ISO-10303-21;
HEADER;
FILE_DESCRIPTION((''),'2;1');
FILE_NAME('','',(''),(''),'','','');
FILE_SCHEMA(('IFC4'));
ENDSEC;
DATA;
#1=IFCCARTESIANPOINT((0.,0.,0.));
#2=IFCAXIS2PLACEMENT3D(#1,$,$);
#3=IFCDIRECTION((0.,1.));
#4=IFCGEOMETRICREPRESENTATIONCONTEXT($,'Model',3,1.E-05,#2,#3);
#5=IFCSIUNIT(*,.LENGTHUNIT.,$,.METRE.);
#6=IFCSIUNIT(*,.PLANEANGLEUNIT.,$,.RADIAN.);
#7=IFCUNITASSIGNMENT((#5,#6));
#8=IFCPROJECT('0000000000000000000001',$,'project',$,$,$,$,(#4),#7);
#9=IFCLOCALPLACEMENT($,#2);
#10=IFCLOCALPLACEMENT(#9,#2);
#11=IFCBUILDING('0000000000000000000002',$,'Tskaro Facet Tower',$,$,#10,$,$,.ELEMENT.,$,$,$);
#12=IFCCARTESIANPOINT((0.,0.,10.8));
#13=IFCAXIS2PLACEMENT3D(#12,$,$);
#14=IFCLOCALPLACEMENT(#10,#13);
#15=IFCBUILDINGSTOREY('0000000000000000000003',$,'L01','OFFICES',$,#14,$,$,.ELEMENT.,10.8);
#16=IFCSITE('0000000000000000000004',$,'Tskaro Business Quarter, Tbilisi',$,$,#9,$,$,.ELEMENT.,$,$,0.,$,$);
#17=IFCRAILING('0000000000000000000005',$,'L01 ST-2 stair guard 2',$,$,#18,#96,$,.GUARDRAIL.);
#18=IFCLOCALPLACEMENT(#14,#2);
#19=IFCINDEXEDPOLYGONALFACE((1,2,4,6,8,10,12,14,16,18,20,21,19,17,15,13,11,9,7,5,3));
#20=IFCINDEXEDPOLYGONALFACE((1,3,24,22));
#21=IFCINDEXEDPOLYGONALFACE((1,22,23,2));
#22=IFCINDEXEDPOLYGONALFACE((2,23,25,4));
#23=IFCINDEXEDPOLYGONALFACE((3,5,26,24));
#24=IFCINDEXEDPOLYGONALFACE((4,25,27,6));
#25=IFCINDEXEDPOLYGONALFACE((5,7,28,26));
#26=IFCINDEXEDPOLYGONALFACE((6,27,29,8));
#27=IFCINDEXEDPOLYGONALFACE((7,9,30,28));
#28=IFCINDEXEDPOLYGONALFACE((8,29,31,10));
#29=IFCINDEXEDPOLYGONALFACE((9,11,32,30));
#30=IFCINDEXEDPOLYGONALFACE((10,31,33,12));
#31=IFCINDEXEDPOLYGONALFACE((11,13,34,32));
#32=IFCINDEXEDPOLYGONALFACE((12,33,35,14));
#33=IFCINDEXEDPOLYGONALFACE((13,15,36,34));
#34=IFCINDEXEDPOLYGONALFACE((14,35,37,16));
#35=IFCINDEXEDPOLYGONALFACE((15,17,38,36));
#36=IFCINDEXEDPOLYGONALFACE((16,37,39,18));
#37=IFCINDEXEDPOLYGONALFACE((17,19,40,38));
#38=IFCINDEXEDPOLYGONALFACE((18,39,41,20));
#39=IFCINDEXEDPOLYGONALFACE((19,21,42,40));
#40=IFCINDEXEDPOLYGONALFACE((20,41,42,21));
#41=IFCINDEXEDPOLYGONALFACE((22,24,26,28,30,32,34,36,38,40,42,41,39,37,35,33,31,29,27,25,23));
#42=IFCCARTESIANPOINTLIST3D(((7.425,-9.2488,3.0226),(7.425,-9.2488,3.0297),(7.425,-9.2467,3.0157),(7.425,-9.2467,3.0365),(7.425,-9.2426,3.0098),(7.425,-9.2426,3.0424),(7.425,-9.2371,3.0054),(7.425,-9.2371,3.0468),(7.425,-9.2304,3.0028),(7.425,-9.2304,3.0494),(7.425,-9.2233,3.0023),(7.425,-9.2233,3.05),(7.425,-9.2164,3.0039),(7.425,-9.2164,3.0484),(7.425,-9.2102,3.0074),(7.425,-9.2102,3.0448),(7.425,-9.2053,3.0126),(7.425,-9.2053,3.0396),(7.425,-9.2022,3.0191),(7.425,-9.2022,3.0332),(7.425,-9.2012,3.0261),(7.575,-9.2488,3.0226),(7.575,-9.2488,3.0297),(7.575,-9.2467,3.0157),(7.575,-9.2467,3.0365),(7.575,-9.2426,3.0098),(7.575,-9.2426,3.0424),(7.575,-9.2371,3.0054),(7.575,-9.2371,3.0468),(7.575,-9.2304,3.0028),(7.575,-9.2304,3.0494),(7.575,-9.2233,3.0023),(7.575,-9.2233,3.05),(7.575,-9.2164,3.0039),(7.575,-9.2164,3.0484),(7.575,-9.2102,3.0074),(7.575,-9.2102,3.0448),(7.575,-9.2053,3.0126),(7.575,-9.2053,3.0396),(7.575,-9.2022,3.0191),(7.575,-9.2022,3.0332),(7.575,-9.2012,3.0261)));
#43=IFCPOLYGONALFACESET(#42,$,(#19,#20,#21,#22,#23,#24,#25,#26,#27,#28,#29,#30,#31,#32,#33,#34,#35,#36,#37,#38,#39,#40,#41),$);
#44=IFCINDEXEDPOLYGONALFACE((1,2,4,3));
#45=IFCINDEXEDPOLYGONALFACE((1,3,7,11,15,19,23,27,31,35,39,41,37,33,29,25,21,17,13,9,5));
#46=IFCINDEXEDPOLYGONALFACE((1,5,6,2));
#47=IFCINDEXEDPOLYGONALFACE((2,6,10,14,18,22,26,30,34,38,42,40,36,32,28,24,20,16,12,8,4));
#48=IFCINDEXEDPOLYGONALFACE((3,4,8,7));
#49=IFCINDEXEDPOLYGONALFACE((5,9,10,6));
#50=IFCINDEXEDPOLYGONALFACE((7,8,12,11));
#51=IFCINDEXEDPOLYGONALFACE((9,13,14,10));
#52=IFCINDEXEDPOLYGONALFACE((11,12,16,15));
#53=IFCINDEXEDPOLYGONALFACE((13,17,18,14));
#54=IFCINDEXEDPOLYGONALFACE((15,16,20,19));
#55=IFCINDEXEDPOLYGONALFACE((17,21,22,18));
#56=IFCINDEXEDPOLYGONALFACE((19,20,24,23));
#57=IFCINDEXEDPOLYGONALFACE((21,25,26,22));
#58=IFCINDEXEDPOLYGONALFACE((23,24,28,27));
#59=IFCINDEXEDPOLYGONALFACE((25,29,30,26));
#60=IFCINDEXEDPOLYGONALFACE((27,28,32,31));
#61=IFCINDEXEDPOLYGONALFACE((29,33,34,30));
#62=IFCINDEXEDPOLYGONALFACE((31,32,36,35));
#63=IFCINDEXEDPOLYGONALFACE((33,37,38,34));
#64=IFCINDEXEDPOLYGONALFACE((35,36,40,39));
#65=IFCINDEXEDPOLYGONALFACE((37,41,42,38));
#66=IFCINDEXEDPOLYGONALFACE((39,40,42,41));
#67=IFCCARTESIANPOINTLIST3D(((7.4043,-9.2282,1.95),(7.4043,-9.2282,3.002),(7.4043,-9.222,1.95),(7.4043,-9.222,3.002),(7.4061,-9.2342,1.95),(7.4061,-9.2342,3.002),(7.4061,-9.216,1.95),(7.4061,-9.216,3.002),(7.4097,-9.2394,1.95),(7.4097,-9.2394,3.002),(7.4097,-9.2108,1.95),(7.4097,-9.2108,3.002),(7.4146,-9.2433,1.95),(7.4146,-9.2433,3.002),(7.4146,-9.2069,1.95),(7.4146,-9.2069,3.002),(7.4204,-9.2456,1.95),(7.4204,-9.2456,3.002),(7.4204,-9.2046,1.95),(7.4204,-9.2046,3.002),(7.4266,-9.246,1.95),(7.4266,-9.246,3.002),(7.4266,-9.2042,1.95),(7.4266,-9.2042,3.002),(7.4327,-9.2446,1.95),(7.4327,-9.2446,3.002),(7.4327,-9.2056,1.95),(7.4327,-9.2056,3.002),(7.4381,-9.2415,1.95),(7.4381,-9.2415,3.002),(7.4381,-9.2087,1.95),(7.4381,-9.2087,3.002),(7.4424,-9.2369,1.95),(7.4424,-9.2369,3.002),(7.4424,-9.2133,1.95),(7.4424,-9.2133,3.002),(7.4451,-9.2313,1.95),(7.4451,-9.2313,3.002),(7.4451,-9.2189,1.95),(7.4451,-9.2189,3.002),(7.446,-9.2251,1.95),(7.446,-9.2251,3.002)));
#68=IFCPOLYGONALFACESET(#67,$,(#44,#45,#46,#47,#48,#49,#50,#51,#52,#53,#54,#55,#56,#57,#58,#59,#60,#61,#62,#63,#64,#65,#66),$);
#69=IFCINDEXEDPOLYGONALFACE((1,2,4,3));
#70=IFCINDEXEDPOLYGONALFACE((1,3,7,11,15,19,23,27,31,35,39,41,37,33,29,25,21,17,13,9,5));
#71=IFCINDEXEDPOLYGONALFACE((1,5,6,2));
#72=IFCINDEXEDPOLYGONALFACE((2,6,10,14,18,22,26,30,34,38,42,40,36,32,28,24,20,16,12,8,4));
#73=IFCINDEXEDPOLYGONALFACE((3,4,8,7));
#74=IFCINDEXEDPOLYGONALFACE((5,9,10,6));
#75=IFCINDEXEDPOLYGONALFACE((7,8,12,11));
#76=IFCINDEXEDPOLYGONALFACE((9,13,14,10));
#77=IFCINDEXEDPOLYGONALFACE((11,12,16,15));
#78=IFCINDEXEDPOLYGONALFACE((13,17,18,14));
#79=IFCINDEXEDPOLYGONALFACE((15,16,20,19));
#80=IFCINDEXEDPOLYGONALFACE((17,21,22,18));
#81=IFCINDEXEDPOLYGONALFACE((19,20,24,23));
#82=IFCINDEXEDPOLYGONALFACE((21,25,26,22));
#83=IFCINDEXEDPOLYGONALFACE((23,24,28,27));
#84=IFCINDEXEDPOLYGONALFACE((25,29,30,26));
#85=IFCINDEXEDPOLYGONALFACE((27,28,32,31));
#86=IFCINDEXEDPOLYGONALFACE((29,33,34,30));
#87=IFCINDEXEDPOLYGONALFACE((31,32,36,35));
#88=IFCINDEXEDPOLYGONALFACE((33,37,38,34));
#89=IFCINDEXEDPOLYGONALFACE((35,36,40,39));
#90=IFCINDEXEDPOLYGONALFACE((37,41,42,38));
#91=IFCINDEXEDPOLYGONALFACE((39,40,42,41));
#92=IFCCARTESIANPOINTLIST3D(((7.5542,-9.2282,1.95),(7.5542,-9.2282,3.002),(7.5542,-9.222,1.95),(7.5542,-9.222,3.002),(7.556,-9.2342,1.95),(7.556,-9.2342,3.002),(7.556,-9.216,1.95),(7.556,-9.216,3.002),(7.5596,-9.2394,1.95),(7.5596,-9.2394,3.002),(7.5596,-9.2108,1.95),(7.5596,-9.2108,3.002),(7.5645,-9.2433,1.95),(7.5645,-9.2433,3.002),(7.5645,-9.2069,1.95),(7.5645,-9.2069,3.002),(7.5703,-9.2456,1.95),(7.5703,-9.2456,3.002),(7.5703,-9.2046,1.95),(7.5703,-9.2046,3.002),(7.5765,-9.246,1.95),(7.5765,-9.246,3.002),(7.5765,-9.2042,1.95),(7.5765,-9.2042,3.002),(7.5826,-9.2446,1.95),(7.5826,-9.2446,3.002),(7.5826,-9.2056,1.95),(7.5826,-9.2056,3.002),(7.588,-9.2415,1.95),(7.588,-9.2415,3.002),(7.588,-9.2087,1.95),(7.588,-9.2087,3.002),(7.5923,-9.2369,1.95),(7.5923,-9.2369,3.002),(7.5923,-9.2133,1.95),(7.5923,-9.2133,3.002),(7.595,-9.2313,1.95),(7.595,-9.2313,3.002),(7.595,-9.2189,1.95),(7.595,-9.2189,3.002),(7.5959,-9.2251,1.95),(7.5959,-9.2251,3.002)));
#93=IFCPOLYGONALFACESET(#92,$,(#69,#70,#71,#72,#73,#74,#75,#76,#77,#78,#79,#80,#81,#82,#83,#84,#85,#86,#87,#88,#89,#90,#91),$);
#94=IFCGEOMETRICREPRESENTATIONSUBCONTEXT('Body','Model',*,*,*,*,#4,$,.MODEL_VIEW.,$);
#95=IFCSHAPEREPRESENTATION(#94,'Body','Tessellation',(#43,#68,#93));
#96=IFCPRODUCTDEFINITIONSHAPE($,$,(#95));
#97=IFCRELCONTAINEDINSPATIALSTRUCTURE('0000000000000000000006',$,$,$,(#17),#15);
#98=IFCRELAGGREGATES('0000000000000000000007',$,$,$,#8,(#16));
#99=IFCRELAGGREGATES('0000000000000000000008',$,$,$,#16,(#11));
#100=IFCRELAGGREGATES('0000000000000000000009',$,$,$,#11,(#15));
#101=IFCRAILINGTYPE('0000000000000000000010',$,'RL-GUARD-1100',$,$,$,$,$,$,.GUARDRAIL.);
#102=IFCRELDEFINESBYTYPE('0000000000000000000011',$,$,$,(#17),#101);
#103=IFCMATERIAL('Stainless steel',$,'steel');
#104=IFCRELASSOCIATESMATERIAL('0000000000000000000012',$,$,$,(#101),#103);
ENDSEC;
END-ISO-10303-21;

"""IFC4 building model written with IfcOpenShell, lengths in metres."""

from ifc_helpers import new_model, si_unit, direction, frame, origin, origin_2d, place, context, subcontext, project, spatial, circle, extrude, material, type_object, element, save


model = new_model("IFC4")

# Units and contexts
model_context = context("Model", 3, precision=1e-05, world=origin(), true_north=direction((0.0, 1.0)))
body_context = subcontext(model_context, "Body", "Model", "MODEL_VIEW")
ifc_project = project(units=[si_unit("LENGTHUNIT", "METRE"), si_unit("PLANEANGLEUNIT", "RADIAN")], contexts=[model_context])

# Site, building, storey
site_placement = place(None, origin())
site = spatial("IfcSite", under=ifc_project, at=site_placement, Name="Tskaro Business Quarter, Tbilisi", CompositionType="ELEMENT", RefElevation=0.0)
building_placement = place(site_placement, origin())
building = spatial("IfcBuilding", under=site, at=building_placement, Name="Tskaro Facet Tower", CompositionType="ELEMENT")
storey_placement = place(building_placement, frame((0.0, 0.0, 10.8)))
storey = spatial("IfcBuildingStorey", under=building, at=storey_placement, Name="L01", Description="OFFICES", CompositionType="ELEMENT", Elevation=10.8)

# Railing
ifc_material_1 = material(Name="Stainless steel", Category="steel")
railing_type_1 = type_object("IfcRailingType", Name="RL-GUARD-1100", PredefinedType="GUARDRAIL", material=ifc_material_1)
railing_1_placement = place(storey_placement, frame((7.425, -9.2251, 1.95)))
element("IfcRailing", 1, at=railing_1_placement, inside=storey, type_object=railing_type_1, Name="L01 ST-2 stair guard 2", PredefinedType="GUARDRAIL", context=body_context, shape_type="SweptSolid", body=[
    extrude(circle(Radius=0.0239, at=origin_2d()), frame((0.0, 0.0, 1.0762), z_axis=(1.0, 0.0, 0.0), x_axis=(0.0, 1.0, 0.0)), (0.0, 0.0, 1.0), 0.1499),
    extrude(circle(Radius=0.021, at=origin_2d()), origin(), (0.0, 0.0, 1.0), 1.052),
    extrude(circle(Radius=0.021, at=origin_2d()), frame((0.1499, 0.0, 0.0)), (0.0, 0.0, 1.0), 1.052),
])

save(model, "model.ifc")
